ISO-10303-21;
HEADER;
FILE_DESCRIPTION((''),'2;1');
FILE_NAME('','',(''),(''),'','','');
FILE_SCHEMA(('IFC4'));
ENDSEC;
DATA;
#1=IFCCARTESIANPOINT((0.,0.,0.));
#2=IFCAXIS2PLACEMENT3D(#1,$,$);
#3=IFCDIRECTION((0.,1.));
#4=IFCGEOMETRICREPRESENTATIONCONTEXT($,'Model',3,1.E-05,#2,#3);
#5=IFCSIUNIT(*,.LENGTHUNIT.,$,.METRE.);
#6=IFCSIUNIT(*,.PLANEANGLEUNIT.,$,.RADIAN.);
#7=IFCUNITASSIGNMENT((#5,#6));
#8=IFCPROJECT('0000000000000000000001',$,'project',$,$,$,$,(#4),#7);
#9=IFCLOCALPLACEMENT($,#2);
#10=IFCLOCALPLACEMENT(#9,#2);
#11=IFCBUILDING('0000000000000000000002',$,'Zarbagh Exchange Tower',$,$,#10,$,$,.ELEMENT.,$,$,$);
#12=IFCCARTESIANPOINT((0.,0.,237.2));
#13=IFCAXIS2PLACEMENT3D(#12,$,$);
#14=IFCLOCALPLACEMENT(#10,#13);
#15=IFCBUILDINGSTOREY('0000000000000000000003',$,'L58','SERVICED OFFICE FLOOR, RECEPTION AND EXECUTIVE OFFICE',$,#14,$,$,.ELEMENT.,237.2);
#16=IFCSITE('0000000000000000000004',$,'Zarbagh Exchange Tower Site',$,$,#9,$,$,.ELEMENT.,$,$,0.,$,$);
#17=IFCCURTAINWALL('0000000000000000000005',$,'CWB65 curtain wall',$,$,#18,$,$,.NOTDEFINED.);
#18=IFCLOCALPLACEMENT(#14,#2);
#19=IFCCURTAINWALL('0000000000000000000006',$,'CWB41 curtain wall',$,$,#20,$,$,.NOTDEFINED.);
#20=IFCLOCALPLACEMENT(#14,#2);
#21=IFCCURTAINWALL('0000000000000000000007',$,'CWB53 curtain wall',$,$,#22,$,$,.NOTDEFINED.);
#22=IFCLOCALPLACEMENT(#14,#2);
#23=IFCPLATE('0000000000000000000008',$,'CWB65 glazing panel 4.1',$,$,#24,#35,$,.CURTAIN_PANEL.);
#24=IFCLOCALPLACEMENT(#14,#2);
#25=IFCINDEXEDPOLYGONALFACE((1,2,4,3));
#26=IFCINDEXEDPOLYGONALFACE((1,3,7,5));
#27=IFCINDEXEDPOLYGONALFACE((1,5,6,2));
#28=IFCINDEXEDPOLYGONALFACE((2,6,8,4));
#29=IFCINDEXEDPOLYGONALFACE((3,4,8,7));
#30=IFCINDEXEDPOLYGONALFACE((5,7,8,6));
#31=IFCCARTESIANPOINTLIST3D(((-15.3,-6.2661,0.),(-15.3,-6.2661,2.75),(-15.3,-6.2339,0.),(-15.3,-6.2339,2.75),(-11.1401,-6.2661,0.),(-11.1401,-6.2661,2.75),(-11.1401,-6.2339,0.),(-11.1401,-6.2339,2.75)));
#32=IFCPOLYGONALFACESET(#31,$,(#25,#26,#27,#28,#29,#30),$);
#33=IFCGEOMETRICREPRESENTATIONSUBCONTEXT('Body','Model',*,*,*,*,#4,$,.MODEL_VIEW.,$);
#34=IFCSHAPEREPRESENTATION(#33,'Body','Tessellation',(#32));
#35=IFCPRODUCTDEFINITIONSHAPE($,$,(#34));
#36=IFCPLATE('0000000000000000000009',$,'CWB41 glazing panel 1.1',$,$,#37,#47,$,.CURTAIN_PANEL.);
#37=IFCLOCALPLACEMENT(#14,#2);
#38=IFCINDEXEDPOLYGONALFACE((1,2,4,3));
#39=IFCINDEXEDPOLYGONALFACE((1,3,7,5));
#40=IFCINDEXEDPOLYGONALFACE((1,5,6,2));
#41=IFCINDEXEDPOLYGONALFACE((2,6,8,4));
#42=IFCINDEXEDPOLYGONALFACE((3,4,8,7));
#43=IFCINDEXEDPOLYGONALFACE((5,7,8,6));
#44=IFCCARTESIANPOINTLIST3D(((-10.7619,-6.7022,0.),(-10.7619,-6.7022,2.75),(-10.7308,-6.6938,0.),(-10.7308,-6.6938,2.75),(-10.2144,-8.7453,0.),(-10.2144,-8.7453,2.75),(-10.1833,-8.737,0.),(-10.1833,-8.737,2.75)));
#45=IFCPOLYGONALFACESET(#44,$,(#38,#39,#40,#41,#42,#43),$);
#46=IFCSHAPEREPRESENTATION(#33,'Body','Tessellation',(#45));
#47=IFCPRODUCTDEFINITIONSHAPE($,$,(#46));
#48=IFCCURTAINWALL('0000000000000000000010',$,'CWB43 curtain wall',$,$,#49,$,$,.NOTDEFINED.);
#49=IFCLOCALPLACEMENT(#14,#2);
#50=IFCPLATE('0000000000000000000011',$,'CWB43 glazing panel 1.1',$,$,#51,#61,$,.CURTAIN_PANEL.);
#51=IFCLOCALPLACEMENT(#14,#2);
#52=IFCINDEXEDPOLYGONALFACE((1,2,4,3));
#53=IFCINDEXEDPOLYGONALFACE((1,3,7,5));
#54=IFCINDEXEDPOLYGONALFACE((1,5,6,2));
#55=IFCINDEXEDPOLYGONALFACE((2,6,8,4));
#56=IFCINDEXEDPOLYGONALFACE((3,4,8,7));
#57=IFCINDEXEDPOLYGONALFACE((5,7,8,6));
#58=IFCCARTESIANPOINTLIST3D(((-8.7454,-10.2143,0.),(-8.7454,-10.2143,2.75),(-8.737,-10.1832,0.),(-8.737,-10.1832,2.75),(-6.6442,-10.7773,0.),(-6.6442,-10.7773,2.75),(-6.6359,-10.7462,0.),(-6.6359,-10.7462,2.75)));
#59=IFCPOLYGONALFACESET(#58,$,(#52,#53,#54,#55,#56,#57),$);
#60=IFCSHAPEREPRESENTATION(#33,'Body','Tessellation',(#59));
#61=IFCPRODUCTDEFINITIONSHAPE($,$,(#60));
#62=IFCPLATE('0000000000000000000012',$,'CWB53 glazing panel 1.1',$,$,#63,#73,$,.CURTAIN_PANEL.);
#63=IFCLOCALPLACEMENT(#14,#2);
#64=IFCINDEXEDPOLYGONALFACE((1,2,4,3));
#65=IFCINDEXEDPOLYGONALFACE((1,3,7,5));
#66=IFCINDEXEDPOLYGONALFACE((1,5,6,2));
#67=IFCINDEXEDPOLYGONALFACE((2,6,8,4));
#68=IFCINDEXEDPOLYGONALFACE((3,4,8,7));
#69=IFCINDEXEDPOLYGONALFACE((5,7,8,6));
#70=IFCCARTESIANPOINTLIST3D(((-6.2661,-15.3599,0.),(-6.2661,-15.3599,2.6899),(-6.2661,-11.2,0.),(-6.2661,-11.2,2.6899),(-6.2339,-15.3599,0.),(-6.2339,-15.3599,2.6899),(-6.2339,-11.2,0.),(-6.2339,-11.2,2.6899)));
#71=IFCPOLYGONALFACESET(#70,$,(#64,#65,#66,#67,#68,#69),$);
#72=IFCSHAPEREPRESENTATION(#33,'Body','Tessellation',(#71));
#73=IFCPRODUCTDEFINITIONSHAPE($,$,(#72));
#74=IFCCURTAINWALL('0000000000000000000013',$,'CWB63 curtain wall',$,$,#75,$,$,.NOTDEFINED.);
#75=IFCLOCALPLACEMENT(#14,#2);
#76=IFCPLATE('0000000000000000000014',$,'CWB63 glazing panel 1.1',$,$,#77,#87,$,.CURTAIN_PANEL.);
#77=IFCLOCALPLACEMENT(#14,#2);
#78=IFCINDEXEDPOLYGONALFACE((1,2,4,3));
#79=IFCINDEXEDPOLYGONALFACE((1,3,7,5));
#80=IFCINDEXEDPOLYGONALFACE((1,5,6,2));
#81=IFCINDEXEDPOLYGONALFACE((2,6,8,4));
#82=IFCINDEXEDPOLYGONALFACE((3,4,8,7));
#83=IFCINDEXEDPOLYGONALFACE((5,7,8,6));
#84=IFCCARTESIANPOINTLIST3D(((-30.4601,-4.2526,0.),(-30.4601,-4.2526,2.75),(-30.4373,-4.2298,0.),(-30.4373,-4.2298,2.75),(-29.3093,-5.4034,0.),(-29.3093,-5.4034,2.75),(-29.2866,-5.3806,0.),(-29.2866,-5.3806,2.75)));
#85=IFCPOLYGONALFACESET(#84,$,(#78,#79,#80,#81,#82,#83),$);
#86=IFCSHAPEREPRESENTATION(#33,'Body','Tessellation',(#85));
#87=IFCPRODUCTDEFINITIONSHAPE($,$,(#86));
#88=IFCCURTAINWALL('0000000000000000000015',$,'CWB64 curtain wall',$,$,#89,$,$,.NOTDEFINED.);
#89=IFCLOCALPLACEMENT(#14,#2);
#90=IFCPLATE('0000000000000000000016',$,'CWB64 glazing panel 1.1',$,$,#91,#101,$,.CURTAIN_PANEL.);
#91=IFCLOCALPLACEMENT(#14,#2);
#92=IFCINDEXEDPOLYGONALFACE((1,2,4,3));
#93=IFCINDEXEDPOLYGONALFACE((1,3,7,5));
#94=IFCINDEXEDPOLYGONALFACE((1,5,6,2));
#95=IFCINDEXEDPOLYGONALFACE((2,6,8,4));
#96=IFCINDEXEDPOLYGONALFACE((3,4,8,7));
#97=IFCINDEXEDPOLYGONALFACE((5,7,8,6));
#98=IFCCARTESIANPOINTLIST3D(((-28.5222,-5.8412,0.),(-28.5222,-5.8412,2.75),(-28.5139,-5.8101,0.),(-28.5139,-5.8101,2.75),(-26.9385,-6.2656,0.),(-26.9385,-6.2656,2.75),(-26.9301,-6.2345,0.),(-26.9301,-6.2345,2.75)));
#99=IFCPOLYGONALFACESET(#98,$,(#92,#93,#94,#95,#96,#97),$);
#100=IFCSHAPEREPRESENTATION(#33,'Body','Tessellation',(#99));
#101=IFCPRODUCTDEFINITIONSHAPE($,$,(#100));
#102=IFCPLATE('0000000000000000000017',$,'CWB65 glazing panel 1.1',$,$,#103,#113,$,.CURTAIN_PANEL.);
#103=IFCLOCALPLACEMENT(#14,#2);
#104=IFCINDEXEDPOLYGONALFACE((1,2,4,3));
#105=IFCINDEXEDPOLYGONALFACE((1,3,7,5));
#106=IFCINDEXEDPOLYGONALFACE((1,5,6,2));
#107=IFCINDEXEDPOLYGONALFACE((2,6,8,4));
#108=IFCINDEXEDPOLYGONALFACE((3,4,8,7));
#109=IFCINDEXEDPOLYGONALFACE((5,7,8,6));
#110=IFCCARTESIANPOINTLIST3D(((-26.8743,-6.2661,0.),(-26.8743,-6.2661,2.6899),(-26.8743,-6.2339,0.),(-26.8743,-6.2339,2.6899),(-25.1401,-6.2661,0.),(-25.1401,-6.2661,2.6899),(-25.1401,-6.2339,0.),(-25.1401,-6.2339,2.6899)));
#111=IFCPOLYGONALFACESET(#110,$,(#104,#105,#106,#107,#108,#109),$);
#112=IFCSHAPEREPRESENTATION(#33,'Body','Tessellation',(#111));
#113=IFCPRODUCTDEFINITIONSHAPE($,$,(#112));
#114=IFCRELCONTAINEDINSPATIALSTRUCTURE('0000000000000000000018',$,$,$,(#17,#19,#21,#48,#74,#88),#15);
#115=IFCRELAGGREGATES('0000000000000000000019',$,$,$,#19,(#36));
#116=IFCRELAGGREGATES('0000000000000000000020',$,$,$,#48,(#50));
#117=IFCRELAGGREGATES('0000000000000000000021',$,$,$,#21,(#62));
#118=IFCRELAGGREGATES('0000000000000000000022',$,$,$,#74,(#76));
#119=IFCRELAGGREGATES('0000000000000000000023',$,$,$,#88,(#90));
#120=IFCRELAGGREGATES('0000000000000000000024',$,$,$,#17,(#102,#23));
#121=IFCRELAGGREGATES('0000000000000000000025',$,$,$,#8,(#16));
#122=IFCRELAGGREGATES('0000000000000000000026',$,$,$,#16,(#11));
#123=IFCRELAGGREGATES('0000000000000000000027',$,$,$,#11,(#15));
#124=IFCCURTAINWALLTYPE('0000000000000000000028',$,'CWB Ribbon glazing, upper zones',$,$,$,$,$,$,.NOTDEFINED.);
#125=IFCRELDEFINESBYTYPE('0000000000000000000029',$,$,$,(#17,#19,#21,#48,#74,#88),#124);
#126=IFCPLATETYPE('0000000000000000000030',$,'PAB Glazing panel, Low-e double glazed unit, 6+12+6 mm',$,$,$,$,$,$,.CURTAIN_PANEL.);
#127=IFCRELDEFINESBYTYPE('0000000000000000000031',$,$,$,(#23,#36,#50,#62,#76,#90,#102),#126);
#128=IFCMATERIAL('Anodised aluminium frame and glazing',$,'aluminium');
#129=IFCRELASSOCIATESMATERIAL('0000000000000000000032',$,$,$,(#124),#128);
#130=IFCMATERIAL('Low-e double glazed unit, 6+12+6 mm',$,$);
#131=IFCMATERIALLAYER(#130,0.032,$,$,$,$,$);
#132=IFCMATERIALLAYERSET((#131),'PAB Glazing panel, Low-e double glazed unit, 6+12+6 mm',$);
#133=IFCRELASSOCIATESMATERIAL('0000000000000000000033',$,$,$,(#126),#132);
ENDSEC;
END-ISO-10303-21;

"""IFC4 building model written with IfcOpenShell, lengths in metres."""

from ifc_helpers import new_model, si_unit, direction, frame, origin, place, context, subcontext, project, spatial, polyline, outline, extrude, source, transform, mapped, material, layer, layer_set, type_object, element, aggregate, save


model = new_model("IFC4")

# Units and contexts
model_context = context("Model", 3, precision=1e-05, world=origin(), true_north=direction((0.0, 1.0)))
body_context = subcontext(model_context, "Body", "Model", "MODEL_VIEW")
ifc_project = project(units=[si_unit("LENGTHUNIT", "METRE"), si_unit("PLANEANGLEUNIT", "RADIAN")], contexts=[model_context])

# Site, building, storey
site_placement = place(None, origin())
site = spatial("IfcSite", under=ifc_project, at=site_placement, Name="Zarbagh Exchange Tower Site", CompositionType="ELEMENT", RefElevation=0.0)
building_placement = place(site_placement, origin())
building = spatial("IfcBuilding", under=site, at=building_placement, Name="Zarbagh Exchange Tower", CompositionType="ELEMENT")
storey_placement = place(building_placement, frame((0.0, 0.0, 237.2)))
storey = spatial("IfcBuildingStorey", under=building, at=storey_placement, Name="L58", Description="SERVICED OFFICE FLOOR, RECEPTION AND EXECUTIVE OFFICE", CompositionType="ELEMENT", Elevation=237.2)

# Shared definitions
ifc_material_1 = material(Name="Anodised aluminium frame and glazing", Category="aluminium")
curtain_wall_type = type_object("IfcCurtainWallType", Name="CWB Ribbon glazing, upper zones", PredefinedType="NOTDEFINED", material=ifc_material_1)
placement = place(storey_placement, origin())

# Curtain wall
curtain_wall_1_placement = place(storey_placement, origin())
curtain_wall_1 = element("IfcCurtainWall", 1, at=curtain_wall_1_placement, inside=storey, type_object=curtain_wall_type, Name="CWB65 curtain wall", PredefinedType="NOTDEFINED")

# Curtain wall
curtain_wall_2_placement = place(storey_placement, origin())
curtain_wall_2 = element("IfcCurtainWall", 2, at=curtain_wall_2_placement, inside=storey, type_object=curtain_wall_type, Name="CWB41 curtain wall", PredefinedType="NOTDEFINED")

# Curtain wall
curtain_wall_3_placement = place(storey_placement, origin())
curtain_wall_3 = element("IfcCurtainWall", 3, at=curtain_wall_3_placement, inside=storey, type_object=curtain_wall_type, Name="CWB53 curtain wall", PredefinedType="NOTDEFINED")

# Shared definitions
ifc_material_2 = material(Name="Low-e double glazed unit, 6+12+6 mm")
ifc_layer = layer(ifc_material_2, 0.032)
ifc_layer_set = layer_set([ifc_layer], Name="PAB Glazing panel, Low-e double glazed unit, 6+12+6 mm")
plate_type = type_object("IfcPlateType", Name="PAB Glazing panel, Low-e double glazed unit, 6+12+6 mm", PredefinedType="CURTAIN_PANEL", material=ifc_layer_set)

# Plates
shared_shape_1 = source(origin(), body_context, "Body", "SweptSolid", [
    extrude(outline(polyline([(0.0, -0.0161), (4.1599, -0.0161), (4.1599, 0.0161), (0.0, 0.0161), (0.0, -0.0161)])), origin(), (0.0, 0.0, 1.0), 2.75),
])
plate_1 = element("IfcPlate", 4, at=placement, type_object=plate_type, Name="CWB65 glazing panel 4.1", PredefinedType="CURTAIN_PANEL", context=body_context, shape_type="MappedRepresentation", body=[
    mapped(shared_shape_1, transform((-15.3, -6.25, 0.0), x_axis=(1.0, 0.0, 0.0), y_axis=(0.0, 1.0, 0.0), z_axis=(0.0, 0.0, 1.0))),
])
shared_shape_2 = source(origin(), body_context, "Body", "SweptSolid", [
    extrude(outline(polyline([(0.0, -0.0161), (2.1152, -0.0161), (2.1152, 0.0161), (0.0, 0.0161), (0.0, -0.0161)])), origin(), (0.0, 0.0, 1.0), 2.75),
])
plate_2 = element("IfcPlate", 5, at=placement, type_object=plate_type, Name="CWB41 glazing panel 1.1", PredefinedType="CURTAIN_PANEL", context=body_context, shape_type="MappedRepresentation", body=[
    mapped(shared_shape_2, transform((-10.7463, -6.698, 0.0), x_axis=(0.258825, -0.965924, 0.0), y_axis=(0.965924, 0.258825, 0.0), z_axis=(0.0, 0.0, 1.0))),
])
aggregate(curtain_wall_2, [plate_2])

# Curtain wall, plate
curtain_wall_4_placement = place(storey_placement, origin())
curtain_wall_4 = element("IfcCurtainWall", 6, at=curtain_wall_4_placement, inside=storey, type_object=curtain_wall_type, Name="CWB43 curtain wall", PredefinedType="NOTDEFINED")
shared_shape_3 = source(origin(), body_context, "Body", "SweptSolid", [
    extrude(outline(polyline([(0.0, -0.0161), (2.1753, -0.0161), (2.1753, 0.0161), (0.0, 0.0161), (0.0, -0.0161)])), origin(), (0.0, 0.0, 1.0), 2.75),
])
plate_3 = element("IfcPlate", 7, at=placement, type_object=plate_type, Name="CWB43 glazing panel 1.1", PredefinedType="CURTAIN_PANEL", context=body_context, shape_type="MappedRepresentation", body=[
    mapped(shared_shape_3, transform((-8.7412, -10.1987, 0.0), x_axis=(0.965924, -0.258825, 0.0), y_axis=(0.258825, 0.965924, 0.0), z_axis=(0.0, 0.0, 1.0))),
])
aggregate(curtain_wall_4, [plate_3])

# Plate
shared_shape_4 = source(origin(), body_context, "Body", "SweptSolid", [
    extrude(outline(polyline([(0.0, -0.0161), (4.1599, -0.0161), (4.1599, 0.0161), (0.0, 0.0161), (0.0, -0.0161)])), origin(), (0.0, 0.0, 1.0), 2.6899),
])
plate_4 = element("IfcPlate", 8, at=placement, type_object=plate_type, Name="CWB53 glazing panel 1.1", PredefinedType="CURTAIN_PANEL", context=body_context, shape_type="MappedRepresentation", body=[
    mapped(shared_shape_4, transform((-6.25, -11.2, 0.0), x_axis=(0.0, -1.0, 0.0), y_axis=(1.0, 0.0, 0.0), z_axis=(0.0, 0.0, 1.0))),
])
aggregate(curtain_wall_3, [plate_4])

# Curtain walls, plates
curtain_wall_5_placement = place(storey_placement, origin())
curtain_wall_5 = element("IfcCurtainWall", 9, at=curtain_wall_5_placement, inside=storey, type_object=curtain_wall_type, Name="CWB63 curtain wall", PredefinedType="NOTDEFINED")
shared_shape_5 = source(origin(), body_context, "Body", "SweptSolid", [
    extrude(outline(polyline([(0.0, -0.0161), (1.6274, -0.0161), (1.6274, 0.0161), (0.0, 0.0161), (0.0, -0.0161)])), origin(), (0.0, 0.0, 1.0), 2.75),
])
plate_5 = element("IfcPlate", 10, at=placement, type_object=plate_type, Name="CWB63 glazing panel 1.1", PredefinedType="CURTAIN_PANEL", context=body_context, shape_type="MappedRepresentation", body=[
    mapped(shared_shape_5, transform((-30.4487, -4.2412, 0.0), x_axis=(0.707107, -0.707107, 0.0), y_axis=(0.707107, 0.707107, 0.0), z_axis=(0.0, 0.0, 1.0))),
])
aggregate(curtain_wall_5, [plate_5])
curtain_wall_6_placement = place(storey_placement, origin())
curtain_wall_6 = element("IfcCurtainWall", 11, at=curtain_wall_6_placement, inside=storey, type_object=curtain_wall_type, Name="CWB64 curtain wall", PredefinedType="NOTDEFINED")
shared_shape_6 = source(origin(), body_context, "Body", "SweptSolid", [
    extrude(outline(polyline([(0.0, -0.0161), (1.6396, -0.0161), (1.6396, 0.0161), (0.0, 0.0161), (0.0, -0.0161)])), origin(), (0.0, 0.0, 1.0), 2.75),
])
plate_6 = element("IfcPlate", 12, at=placement, type_object=plate_type, Name="CWB64 glazing panel 1.1", PredefinedType="CURTAIN_PANEL", context=body_context, shape_type="MappedRepresentation", body=[
    mapped(shared_shape_6, transform((-28.5181, -5.8257, 0.0), x_axis=(0.965924, -0.258825, 0.0), y_axis=(0.258825, 0.965924, 0.0), z_axis=(0.0, 0.0, 1.0))),
])
aggregate(curtain_wall_6, [plate_6])

# Plate
shared_shape_7 = source(origin(), body_context, "Body", "SweptSolid", [
    extrude(outline(polyline([(0.0, -0.0161), (1.7341, -0.0161), (1.7341, 0.0161), (0.0, 0.0161), (0.0, -0.0161)])), origin(), (0.0, 0.0, 1.0), 2.6899),
])
plate_7 = element("IfcPlate", 13, at=placement, type_object=plate_type, Name="CWB65 glazing panel 1.1", PredefinedType="CURTAIN_PANEL", context=body_context, shape_type="MappedRepresentation", body=[
    mapped(shared_shape_7, transform((-26.8743, -6.25, 0.0), x_axis=(1.0, 0.0, 0.0), y_axis=(0.0, 1.0, 0.0), z_axis=(0.0, 0.0, 1.0))),
])
aggregate(curtain_wall_1, [plate_7, plate_1])

save(model, "model.ifc")
